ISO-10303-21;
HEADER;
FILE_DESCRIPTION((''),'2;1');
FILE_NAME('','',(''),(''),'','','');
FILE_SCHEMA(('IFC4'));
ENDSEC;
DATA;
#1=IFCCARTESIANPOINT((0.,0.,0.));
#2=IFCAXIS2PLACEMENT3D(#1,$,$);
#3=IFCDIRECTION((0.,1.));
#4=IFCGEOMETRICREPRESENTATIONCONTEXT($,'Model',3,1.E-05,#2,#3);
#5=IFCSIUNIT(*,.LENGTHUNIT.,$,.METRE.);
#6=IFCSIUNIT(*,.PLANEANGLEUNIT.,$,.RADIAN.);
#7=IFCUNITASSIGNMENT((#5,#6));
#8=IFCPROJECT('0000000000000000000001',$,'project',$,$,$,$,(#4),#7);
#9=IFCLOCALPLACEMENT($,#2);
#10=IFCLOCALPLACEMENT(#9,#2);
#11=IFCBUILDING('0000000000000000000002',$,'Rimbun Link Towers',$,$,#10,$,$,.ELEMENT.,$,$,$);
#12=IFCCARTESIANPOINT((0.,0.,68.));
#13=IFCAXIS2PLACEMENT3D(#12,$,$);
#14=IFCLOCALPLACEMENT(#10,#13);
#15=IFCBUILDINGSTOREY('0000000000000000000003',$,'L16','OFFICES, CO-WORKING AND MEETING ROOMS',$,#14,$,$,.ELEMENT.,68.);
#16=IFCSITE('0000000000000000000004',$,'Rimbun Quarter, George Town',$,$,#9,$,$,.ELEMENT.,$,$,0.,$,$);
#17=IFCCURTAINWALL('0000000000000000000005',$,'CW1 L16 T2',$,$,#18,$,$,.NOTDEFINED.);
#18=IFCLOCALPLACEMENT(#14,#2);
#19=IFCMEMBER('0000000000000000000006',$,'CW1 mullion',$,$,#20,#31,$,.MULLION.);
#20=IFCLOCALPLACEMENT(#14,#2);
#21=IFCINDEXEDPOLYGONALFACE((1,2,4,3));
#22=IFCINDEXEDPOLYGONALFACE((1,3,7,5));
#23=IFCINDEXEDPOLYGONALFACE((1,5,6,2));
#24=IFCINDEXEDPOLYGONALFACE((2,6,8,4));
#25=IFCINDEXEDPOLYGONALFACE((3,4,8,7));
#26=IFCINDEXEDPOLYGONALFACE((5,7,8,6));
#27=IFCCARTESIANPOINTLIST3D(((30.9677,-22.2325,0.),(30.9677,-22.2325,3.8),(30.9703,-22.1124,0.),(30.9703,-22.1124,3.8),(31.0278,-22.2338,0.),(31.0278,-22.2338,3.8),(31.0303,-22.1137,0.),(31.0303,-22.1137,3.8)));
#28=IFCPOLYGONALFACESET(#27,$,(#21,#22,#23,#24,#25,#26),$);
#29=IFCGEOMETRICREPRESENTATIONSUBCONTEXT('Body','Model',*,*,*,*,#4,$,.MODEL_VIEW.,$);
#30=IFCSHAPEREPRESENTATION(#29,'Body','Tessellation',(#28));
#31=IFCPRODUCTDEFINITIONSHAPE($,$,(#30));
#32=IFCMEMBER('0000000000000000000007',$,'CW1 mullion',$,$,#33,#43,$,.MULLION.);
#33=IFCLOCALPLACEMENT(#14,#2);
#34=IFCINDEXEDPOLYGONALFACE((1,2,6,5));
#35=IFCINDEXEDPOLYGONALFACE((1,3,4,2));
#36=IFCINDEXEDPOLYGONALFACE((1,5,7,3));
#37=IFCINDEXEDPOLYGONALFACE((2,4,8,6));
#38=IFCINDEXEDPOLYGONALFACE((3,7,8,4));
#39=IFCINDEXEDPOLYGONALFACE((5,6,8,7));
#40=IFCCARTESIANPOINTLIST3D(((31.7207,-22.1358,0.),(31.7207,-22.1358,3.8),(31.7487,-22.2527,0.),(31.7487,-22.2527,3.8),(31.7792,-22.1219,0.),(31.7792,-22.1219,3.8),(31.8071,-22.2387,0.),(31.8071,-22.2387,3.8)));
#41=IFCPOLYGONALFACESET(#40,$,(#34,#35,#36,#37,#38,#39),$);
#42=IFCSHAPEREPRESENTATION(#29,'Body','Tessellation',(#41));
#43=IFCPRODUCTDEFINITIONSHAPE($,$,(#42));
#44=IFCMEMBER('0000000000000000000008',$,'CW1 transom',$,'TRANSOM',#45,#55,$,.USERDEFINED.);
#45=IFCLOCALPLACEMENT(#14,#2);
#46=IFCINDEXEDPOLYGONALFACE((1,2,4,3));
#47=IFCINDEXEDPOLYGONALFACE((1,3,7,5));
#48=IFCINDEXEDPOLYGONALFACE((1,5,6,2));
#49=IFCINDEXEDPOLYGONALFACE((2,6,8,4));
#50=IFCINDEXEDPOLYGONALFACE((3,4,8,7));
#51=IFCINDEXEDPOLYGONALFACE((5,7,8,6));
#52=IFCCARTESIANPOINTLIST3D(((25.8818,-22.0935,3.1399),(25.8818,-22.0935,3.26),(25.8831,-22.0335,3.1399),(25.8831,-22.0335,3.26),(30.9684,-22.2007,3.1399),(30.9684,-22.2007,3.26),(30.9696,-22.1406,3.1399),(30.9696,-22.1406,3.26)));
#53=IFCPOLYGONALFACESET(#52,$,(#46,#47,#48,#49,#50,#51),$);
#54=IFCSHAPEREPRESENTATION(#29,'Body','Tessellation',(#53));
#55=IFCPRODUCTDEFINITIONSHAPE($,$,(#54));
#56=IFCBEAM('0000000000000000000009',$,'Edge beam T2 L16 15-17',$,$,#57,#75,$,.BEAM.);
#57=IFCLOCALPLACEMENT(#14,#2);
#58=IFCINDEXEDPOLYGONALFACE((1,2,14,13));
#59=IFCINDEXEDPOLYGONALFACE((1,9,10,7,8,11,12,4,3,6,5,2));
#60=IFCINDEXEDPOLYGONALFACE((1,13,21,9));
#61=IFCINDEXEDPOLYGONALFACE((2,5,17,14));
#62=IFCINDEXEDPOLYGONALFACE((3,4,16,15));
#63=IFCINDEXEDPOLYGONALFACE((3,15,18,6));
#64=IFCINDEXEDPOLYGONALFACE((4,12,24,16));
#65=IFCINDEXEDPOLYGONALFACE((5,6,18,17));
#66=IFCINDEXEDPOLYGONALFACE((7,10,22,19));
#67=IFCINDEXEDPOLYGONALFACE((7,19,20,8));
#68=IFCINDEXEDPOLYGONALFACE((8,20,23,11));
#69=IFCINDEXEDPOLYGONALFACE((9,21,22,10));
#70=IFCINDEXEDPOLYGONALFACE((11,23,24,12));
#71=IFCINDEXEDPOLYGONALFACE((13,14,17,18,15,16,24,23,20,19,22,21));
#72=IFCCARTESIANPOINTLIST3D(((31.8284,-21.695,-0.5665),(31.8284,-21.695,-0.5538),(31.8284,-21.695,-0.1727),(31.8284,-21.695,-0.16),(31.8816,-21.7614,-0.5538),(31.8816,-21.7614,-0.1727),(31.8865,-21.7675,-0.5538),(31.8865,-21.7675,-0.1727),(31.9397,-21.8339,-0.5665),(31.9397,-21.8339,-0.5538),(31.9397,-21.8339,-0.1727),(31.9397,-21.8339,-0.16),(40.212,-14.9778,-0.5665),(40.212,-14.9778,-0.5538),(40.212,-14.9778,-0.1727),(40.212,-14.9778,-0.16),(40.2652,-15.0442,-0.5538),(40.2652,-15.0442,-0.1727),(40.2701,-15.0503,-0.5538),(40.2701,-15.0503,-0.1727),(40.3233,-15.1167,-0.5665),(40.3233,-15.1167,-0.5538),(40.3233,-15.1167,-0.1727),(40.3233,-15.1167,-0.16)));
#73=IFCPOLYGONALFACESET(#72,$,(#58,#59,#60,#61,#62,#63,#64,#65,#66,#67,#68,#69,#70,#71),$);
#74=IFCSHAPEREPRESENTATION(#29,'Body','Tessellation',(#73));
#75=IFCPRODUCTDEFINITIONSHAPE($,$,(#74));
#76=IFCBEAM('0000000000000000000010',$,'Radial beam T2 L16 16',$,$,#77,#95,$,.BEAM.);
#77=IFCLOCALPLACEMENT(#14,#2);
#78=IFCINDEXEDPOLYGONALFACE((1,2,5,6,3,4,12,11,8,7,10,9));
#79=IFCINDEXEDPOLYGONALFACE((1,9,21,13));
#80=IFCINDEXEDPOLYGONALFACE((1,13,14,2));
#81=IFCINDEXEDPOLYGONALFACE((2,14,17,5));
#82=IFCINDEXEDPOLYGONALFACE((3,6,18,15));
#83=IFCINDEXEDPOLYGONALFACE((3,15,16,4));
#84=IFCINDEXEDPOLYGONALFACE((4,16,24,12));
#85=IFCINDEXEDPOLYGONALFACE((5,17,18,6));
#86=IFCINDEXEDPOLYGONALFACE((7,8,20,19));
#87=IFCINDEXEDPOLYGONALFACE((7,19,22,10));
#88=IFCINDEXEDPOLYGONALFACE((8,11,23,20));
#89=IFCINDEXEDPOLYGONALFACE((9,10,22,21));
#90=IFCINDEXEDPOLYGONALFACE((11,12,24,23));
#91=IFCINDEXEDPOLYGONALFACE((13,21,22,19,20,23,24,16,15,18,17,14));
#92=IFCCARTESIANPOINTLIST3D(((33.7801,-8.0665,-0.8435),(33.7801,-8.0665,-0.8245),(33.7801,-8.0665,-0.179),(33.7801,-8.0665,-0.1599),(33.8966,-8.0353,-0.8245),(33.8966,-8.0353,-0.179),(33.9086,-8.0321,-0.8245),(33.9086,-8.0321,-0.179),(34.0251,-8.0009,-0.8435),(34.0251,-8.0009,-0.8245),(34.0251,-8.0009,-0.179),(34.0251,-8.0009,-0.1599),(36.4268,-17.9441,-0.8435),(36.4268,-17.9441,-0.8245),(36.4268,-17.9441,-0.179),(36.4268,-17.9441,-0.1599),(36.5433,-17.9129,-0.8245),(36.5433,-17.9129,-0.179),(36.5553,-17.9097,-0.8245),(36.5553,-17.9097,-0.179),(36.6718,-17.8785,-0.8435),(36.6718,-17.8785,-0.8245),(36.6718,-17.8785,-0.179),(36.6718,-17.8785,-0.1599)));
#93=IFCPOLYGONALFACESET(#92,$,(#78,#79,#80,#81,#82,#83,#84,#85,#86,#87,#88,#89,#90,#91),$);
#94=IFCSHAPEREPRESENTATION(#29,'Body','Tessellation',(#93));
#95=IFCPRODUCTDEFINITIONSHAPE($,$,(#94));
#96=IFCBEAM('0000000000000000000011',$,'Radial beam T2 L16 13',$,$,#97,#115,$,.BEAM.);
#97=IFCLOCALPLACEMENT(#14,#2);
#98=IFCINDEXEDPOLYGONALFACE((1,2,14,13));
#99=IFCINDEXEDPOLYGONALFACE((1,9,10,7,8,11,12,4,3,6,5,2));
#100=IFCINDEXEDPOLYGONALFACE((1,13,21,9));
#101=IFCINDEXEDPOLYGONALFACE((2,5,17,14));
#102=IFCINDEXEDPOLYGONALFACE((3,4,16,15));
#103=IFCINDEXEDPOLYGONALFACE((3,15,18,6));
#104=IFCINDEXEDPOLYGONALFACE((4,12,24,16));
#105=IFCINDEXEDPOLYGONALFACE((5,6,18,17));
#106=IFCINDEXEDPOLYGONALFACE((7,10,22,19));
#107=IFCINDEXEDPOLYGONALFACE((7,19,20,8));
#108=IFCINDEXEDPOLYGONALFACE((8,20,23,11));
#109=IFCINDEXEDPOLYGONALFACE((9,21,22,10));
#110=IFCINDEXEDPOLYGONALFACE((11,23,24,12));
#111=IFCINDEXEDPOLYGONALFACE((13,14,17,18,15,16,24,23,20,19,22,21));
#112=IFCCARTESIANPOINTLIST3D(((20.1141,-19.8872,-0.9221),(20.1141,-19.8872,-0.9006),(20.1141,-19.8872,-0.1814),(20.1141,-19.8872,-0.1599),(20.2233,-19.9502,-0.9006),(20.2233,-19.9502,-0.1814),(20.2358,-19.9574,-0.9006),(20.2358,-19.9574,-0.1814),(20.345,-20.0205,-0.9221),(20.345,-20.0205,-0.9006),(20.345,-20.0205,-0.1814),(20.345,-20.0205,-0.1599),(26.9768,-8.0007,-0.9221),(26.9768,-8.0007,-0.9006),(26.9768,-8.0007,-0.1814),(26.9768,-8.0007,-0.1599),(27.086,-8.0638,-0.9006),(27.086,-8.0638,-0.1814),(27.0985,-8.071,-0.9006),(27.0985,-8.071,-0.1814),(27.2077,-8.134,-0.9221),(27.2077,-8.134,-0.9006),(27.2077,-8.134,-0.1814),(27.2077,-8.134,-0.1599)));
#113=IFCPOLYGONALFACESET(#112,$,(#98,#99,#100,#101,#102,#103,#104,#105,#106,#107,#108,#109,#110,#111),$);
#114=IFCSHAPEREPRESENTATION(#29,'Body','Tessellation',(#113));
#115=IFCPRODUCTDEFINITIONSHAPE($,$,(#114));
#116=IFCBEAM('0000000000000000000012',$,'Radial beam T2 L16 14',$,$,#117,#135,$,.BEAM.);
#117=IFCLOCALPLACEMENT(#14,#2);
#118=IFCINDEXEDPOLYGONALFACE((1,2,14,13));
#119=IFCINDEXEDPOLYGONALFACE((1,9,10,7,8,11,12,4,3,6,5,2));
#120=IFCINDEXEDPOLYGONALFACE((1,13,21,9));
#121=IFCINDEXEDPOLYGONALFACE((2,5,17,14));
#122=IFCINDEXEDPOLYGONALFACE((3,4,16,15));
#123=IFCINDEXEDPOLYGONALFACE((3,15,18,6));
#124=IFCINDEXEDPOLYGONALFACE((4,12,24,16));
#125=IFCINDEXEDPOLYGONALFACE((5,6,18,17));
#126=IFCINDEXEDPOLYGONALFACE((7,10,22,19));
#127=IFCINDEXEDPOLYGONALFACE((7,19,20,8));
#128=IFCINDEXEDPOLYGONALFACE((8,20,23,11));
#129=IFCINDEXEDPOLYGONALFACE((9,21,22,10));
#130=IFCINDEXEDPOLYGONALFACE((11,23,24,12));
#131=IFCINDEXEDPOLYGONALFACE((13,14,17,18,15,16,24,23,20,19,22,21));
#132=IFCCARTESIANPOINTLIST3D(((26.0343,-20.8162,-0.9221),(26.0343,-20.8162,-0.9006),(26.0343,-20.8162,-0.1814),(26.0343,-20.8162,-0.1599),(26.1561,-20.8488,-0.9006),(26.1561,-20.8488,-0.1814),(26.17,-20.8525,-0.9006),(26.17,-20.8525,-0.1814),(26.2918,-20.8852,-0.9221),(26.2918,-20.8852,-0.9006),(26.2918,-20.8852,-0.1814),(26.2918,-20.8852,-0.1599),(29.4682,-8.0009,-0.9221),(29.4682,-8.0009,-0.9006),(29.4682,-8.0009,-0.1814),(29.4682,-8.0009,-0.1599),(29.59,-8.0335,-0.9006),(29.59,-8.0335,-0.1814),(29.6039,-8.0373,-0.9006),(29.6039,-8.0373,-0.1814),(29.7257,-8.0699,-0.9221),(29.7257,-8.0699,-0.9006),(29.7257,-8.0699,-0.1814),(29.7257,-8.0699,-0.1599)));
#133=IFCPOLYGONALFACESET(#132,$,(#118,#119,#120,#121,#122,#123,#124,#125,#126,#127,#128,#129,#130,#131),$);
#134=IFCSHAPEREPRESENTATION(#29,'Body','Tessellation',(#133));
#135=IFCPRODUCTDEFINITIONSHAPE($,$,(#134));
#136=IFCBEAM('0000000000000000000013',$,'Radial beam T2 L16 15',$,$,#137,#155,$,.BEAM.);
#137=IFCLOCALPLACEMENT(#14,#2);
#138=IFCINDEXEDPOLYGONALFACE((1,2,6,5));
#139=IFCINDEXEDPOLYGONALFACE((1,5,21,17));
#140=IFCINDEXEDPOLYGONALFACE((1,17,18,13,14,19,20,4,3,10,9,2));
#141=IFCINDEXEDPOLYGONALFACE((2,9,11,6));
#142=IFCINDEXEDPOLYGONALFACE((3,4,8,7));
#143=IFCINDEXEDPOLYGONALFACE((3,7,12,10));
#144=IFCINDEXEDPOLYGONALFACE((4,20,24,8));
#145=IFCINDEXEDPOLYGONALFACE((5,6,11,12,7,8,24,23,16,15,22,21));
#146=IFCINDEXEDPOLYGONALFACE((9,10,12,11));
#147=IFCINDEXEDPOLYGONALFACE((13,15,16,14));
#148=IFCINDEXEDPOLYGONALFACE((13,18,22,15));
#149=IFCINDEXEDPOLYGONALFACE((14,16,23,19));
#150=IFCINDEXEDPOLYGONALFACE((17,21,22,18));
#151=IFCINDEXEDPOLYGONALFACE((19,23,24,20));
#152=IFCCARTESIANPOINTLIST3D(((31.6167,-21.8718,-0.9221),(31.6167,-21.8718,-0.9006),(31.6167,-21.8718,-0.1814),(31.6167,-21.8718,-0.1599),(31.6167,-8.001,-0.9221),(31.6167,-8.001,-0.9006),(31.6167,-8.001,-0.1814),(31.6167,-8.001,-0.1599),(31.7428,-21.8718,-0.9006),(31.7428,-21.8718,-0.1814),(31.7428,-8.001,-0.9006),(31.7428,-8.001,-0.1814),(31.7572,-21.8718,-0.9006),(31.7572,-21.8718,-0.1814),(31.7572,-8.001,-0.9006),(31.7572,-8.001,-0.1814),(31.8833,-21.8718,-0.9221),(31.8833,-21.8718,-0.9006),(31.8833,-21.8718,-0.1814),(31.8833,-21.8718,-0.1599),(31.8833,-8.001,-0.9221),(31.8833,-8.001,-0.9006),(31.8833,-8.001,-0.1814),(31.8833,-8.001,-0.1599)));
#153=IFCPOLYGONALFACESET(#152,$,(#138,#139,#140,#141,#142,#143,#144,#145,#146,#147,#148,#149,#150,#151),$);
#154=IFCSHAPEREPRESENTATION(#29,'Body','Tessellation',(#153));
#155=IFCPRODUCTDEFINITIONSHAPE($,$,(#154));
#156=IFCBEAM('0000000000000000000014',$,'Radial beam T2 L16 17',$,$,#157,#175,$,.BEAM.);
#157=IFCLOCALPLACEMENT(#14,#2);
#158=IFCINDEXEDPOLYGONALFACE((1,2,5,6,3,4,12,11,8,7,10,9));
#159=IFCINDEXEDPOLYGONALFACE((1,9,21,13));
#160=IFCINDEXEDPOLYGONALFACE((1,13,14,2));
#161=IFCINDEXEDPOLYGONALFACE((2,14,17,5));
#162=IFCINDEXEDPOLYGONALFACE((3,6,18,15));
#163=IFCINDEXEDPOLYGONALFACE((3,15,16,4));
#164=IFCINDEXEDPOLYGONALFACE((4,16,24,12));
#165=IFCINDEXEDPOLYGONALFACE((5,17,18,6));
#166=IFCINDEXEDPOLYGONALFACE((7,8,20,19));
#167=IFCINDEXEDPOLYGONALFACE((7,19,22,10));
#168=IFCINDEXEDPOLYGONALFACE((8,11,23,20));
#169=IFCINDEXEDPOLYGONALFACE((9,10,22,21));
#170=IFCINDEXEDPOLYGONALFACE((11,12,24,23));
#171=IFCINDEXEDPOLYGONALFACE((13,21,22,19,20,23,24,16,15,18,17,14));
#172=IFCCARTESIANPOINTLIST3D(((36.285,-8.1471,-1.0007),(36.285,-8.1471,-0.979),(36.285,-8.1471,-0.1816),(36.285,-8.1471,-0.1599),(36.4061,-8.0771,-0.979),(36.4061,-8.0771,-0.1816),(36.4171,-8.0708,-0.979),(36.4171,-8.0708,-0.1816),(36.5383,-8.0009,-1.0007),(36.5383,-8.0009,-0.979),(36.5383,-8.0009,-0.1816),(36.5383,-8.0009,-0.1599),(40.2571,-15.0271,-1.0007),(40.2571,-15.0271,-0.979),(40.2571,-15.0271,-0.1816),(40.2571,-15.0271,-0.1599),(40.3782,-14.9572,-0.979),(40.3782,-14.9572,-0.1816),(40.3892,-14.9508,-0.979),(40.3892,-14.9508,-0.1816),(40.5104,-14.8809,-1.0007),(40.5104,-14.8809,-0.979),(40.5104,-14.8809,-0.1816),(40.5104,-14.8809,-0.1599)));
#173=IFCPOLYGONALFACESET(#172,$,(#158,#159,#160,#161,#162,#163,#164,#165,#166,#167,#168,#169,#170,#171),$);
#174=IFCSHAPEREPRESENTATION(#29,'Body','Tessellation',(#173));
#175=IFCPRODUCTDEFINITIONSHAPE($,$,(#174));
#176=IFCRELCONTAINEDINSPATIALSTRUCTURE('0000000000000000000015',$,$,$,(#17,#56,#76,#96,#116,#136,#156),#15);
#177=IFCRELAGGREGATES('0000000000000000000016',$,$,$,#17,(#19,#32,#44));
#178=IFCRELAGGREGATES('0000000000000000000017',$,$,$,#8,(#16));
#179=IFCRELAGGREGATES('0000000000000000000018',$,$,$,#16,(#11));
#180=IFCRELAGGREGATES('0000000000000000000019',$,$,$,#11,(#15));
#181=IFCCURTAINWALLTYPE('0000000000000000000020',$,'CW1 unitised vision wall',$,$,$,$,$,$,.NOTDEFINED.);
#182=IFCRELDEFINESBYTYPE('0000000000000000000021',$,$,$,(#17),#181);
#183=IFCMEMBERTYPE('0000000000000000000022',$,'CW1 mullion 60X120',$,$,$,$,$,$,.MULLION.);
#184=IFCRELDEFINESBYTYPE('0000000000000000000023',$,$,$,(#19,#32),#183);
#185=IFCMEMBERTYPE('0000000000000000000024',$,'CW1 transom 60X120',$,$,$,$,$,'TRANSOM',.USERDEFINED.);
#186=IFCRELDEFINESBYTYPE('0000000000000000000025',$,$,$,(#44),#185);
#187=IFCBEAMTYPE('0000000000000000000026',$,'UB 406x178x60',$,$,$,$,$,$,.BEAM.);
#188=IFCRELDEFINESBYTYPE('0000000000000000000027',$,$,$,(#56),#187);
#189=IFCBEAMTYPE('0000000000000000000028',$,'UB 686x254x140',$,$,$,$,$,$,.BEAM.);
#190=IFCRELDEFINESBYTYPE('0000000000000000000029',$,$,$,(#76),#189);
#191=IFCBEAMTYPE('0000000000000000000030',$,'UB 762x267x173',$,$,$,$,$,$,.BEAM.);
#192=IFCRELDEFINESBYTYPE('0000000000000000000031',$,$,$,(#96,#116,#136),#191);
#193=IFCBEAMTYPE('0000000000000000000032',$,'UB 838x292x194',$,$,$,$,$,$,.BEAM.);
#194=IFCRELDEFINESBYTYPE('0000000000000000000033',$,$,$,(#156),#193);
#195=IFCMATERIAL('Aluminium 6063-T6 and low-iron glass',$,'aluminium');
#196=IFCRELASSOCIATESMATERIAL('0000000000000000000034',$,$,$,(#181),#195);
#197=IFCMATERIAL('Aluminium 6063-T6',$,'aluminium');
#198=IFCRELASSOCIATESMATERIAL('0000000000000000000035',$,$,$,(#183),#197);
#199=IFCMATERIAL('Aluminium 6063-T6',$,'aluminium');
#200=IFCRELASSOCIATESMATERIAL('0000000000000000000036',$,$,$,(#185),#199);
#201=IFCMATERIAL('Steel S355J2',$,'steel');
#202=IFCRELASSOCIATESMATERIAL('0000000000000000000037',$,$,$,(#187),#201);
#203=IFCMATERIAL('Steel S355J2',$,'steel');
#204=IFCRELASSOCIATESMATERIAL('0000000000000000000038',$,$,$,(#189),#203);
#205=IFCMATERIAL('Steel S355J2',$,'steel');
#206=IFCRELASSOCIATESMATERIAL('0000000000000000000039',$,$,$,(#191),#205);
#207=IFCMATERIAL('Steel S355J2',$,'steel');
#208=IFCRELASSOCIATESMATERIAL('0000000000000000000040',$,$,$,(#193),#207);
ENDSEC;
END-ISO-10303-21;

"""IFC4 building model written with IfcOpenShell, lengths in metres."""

from ifc_helpers import new_model, si_unit, direction, frame, origin, origin_2d, place, context, subcontext, project, spatial, rectangle, i_section, extrude, material, material_profile, profile_set, type_object, element, aggregate, save


model = new_model("IFC4")

# Units and contexts
model_context = context("Model", 3, precision=1e-05, world=origin(), true_north=direction((0.0, 1.0)))
body_context = subcontext(model_context, "Body", "Model", "MODEL_VIEW")
ifc_project = project(units=[si_unit("LENGTHUNIT", "METRE"), si_unit("PLANEANGLEUNIT", "RADIAN")], contexts=[model_context])

# Site, building, storey
site_placement = place(None, origin())
site = spatial("IfcSite", under=ifc_project, at=site_placement, Name="Rimbun Quarter, George Town", CompositionType="ELEMENT", RefElevation=0.0)
building_placement = place(site_placement, origin())
building = spatial("IfcBuilding", under=site, at=building_placement, Name="Rimbun Link Towers", CompositionType="ELEMENT")
storey_placement = place(building_placement, frame((0.0, 0.0, 68.0)))
storey = spatial("IfcBuildingStorey", under=building, at=storey_placement, Name="L16", Description="OFFICES, CO-WORKING AND MEETING ROOMS", CompositionType="ELEMENT", Elevation=68.0)

# Curtain wall, members
ifc_material_1 = material(Name="Aluminium 6063-T6 and low-iron glass", Category="aluminium")
curtain_wall_type = type_object("IfcCurtainWallType", Name="CW1 unitised vision wall", PredefinedType="NOTDEFINED", material=ifc_material_1)
curtain_wall_placement = place(storey_placement, origin())
curtain_wall = element("IfcCurtainWall", 1, at=curtain_wall_placement, inside=storey, type_object=curtain_wall_type, Name="CW1 L16 T2", PredefinedType="NOTDEFINED")
ifc_material_2 = material(Name="Aluminium 6063-T6", Category="aluminium")
ifc_material_profile_1 = material_profile(ifc_material_2, rectangle(XDim=0.1201, YDim=0.0601, at=origin_2d()), Name="MULLION 60X120")
ifc_profile_set_1 = profile_set([ifc_material_profile_1], Name="Aluminium 6063-T6")
member_type_1 = type_object("IfcMemberType", Name="CW1 mullion 60X120", PredefinedType="MULLION", material=ifc_profile_set_1)
member_1_placement = place(storey_placement, frame((30.999, -22.1731, 0.0), z_axis=(0.0, 0.0, 1.0), x_axis=(-0.02106, -0.999778, 0.0)))
member_1 = element("IfcMember", 2, at=member_1_placement, type_object=member_type_1, Name="CW1 mullion", PredefinedType="MULLION", context=body_context, shape_type="SweptSolid", body=[
    extrude(rectangle(XDim=0.1201, YDim=0.0601, at=origin_2d()), origin(), (0.0, 0.0, 1.0), 3.8),
])
member_2_placement = place(storey_placement, frame((31.7639, -22.1873, 0.0), z_axis=(0.0, 0.0, 1.0), x_axis=(0.232601, -0.972572, 0.0)))
member_2 = element("IfcMember", 3, at=member_2_placement, type_object=member_type_1, Name="CW1 mullion", PredefinedType="MULLION", context=body_context, shape_type="SweptSolid", body=[
    extrude(rectangle(XDim=0.1201, YDim=0.0601, at=origin_2d()), origin(), (0.0, 0.0, 1.0), 3.8),
])
ifc_material_3 = material(Name="Aluminium 6063-T6", Category="aluminium")
ifc_material_profile_2 = material_profile(ifc_material_3, rectangle(XDim=0.0601, YDim=0.1201, at=origin_2d()), Name="TRANSOM 60X120")
ifc_profile_set_2 = profile_set([ifc_material_profile_2], Name="Aluminium 6063-T6")
member_type_2 = type_object("IfcMemberType", Name="CW1 transom 60X120", ElementType="TRANSOM", PredefinedType="USERDEFINED", material=ifc_profile_set_2)
member_3_placement = place(storey_placement, frame((30.969, -22.1707, 3.2), z_axis=(-0.999778, 0.021067, 0.0), x_axis=(-0.021067, -0.999778, 0.0)))
member_3 = element("IfcMember", 4, at=member_3_placement, type_object=member_type_2, Name="CW1 transom", ObjectType="TRANSOM", PredefinedType="USERDEFINED", context=body_context, shape_type="SweptSolid", body=[
    extrude(rectangle(XDim=0.0601, YDim=0.1201, at=origin_2d()), origin(), (0.0, 0.0, 1.0), 5.0876),
])

# Beams
ifc_material_4 = material(Name="Steel S355J2", Category="steel")
ifc_material_profile_3 = material_profile(ifc_material_4, i_section(OverallWidth=0.178, OverallDepth=0.4065, WebThickness=0.0078, FlangeThickness=0.0127, at=origin_2d()), Name="UB 406x178x60")
ifc_profile_set_3 = profile_set([ifc_material_profile_3], Name="Steel S355J2")
beam_type_1 = type_object("IfcBeamType", Name="UB 406x178x60", PredefinedType="BEAM", material=ifc_profile_set_3)
beam_1_placement = place(storey_placement, frame((31.884, -21.7644, -0.3633), z_axis=(0.780405, 0.625274, 0.0), x_axis=(-0.625274, 0.780405, 0.0)))
element("IfcBeam", 5, at=beam_1_placement, inside=storey, type_object=beam_type_1, Name="Edge beam T2 L16 15-17", PredefinedType="BEAM", context=body_context, shape_type="SweptSolid", body=[
    extrude(i_section(OverallWidth=0.178, OverallDepth=0.4065, WebThickness=0.0078, FlangeThickness=0.0127, at=origin_2d()), origin(), (0.0, 0.0, 1.0), 10.7427),
])
ifc_material_5 = material(Name="Steel S355J2", Category="steel")
ifc_material_profile_4 = material_profile(ifc_material_5, i_section(OverallWidth=0.2537, OverallDepth=0.6836, WebThickness=0.0125, FlangeThickness=0.019, at=origin_2d()), Name="UB 686x254x140")
ifc_profile_set_4 = profile_set([ifc_material_profile_4], Name="Steel S355J2")
beam_type_2 = type_object("IfcBeamType", Name="UB 686x254x140", PredefinedType="BEAM", material=ifc_profile_set_4)
beam_2_placement = place(storey_placement, frame((33.9026, -8.0337, -0.5017), z_axis=(0.25882, -0.965926, 0.0), x_axis=(0.965926, 0.25882, 0.0)))
element("IfcBeam", 6, at=beam_2_placement, inside=storey, type_object=beam_type_2, Name="Radial beam T2 L16 16", PredefinedType="BEAM", context=body_context, shape_type="SweptSolid", body=[
    extrude(i_section(OverallWidth=0.2537, OverallDepth=0.6836, WebThickness=0.0125, FlangeThickness=0.019, at=origin_2d()), origin(), (0.0, 0.0, 1.0), 10.2261),
])
ifc_material_6 = material(Name="Steel S355J2", Category="steel")
ifc_material_profile_5 = material_profile(ifc_material_6, i_section(OverallWidth=0.2666, OverallDepth=0.7622, WebThickness=0.0144, FlangeThickness=0.0215, at=origin_2d()), Name="UB 762x267x173")
ifc_profile_set_5 = profile_set([ifc_material_profile_5], Name="Steel S355J2")
beam_type_3 = type_object("IfcBeamType", Name="UB 762x267x173", PredefinedType="BEAM", material=ifc_profile_set_5)
beam_3_placement = place(storey_placement, frame((27.0923, -8.0674, -0.541), z_axis=(-0.500007, -0.866021, 0.0), x_axis=(0.866021, -0.500007, 0.0)))
element("IfcBeam", 7, at=beam_3_placement, inside=storey, type_object=beam_type_3, Name="Radial beam T2 L16 13", PredefinedType="BEAM", context=body_context, shape_type="SweptSolid", body=[
    extrude(i_section(OverallWidth=0.2666, OverallDepth=0.7622, WebThickness=0.0144, FlangeThickness=0.0215, at=origin_2d()), origin(), (0.0, 0.0, 1.0), 13.7253),
])
beam_4_placement = place(storey_placement, frame((29.5969, -8.0354, -0.541), z_axis=(-0.25882, -0.965925, 0.0), x_axis=(0.965925, -0.25882, 0.0)))
element("IfcBeam", 8, at=beam_4_placement, inside=storey, type_object=beam_type_3, Name="Radial beam T2 L16 14", PredefinedType="BEAM", context=body_context, shape_type="SweptSolid", body=[
    extrude(i_section(OverallWidth=0.2666, OverallDepth=0.7622, WebThickness=0.0144, FlangeThickness=0.0215, at=origin_2d()), origin(), (0.0, 0.0, 1.0), 13.2673),
])
beam_5_placement = place(storey_placement, frame((31.75, -8.001, -0.541), z_axis=(0.0, -1.0, 0.0), x_axis=(1.0, 0.0, 0.0)))
element("IfcBeam", 9, at=beam_5_placement, inside=storey, type_object=beam_type_3, Name="Radial beam T2 L16 15", PredefinedType="BEAM", context=body_context, shape_type="SweptSolid", body=[
    extrude(i_section(OverallWidth=0.2666, OverallDepth=0.7622, WebThickness=0.0144, FlangeThickness=0.0215, at=origin_2d()), origin(), (0.0, 0.0, 1.0), 13.8708),
])
ifc_material_7 = material(Name="Steel S355J2", Category="steel")
ifc_material_profile_6 = material_profile(ifc_material_7, i_section(OverallWidth=0.2925, OverallDepth=0.8408, WebThickness=0.0127, FlangeThickness=0.0217, at=origin_2d()), Name="UB 838x292x194")
ifc_profile_set_6 = profile_set([ifc_material_profile_6], Name="Steel S355J2")
beam_type_4 = type_object("IfcBeamType", Name="UB 838x292x194", PredefinedType="BEAM", material=ifc_profile_set_6)
beam_6_placement = place(storey_placement, frame((36.4116, -8.074, -0.5803), z_axis=(0.499993, -0.86603, 0.0), x_axis=(0.86603, 0.499993, 0.0)))
element("IfcBeam", 10, at=beam_6_placement, inside=storey, type_object=beam_type_4, Name="Radial beam T2 L16 17", PredefinedType="BEAM", context=body_context, shape_type="SweptSolid", body=[
    extrude(i_section(OverallWidth=0.2925, OverallDepth=0.8408, WebThickness=0.0127, FlangeThickness=0.0217, at=origin_2d()), origin(), (0.0, 0.0, 1.0), 7.9443),
])

aggregate(curtain_wall, [member_1, member_2, member_3])

save(model, "model.ifc")
